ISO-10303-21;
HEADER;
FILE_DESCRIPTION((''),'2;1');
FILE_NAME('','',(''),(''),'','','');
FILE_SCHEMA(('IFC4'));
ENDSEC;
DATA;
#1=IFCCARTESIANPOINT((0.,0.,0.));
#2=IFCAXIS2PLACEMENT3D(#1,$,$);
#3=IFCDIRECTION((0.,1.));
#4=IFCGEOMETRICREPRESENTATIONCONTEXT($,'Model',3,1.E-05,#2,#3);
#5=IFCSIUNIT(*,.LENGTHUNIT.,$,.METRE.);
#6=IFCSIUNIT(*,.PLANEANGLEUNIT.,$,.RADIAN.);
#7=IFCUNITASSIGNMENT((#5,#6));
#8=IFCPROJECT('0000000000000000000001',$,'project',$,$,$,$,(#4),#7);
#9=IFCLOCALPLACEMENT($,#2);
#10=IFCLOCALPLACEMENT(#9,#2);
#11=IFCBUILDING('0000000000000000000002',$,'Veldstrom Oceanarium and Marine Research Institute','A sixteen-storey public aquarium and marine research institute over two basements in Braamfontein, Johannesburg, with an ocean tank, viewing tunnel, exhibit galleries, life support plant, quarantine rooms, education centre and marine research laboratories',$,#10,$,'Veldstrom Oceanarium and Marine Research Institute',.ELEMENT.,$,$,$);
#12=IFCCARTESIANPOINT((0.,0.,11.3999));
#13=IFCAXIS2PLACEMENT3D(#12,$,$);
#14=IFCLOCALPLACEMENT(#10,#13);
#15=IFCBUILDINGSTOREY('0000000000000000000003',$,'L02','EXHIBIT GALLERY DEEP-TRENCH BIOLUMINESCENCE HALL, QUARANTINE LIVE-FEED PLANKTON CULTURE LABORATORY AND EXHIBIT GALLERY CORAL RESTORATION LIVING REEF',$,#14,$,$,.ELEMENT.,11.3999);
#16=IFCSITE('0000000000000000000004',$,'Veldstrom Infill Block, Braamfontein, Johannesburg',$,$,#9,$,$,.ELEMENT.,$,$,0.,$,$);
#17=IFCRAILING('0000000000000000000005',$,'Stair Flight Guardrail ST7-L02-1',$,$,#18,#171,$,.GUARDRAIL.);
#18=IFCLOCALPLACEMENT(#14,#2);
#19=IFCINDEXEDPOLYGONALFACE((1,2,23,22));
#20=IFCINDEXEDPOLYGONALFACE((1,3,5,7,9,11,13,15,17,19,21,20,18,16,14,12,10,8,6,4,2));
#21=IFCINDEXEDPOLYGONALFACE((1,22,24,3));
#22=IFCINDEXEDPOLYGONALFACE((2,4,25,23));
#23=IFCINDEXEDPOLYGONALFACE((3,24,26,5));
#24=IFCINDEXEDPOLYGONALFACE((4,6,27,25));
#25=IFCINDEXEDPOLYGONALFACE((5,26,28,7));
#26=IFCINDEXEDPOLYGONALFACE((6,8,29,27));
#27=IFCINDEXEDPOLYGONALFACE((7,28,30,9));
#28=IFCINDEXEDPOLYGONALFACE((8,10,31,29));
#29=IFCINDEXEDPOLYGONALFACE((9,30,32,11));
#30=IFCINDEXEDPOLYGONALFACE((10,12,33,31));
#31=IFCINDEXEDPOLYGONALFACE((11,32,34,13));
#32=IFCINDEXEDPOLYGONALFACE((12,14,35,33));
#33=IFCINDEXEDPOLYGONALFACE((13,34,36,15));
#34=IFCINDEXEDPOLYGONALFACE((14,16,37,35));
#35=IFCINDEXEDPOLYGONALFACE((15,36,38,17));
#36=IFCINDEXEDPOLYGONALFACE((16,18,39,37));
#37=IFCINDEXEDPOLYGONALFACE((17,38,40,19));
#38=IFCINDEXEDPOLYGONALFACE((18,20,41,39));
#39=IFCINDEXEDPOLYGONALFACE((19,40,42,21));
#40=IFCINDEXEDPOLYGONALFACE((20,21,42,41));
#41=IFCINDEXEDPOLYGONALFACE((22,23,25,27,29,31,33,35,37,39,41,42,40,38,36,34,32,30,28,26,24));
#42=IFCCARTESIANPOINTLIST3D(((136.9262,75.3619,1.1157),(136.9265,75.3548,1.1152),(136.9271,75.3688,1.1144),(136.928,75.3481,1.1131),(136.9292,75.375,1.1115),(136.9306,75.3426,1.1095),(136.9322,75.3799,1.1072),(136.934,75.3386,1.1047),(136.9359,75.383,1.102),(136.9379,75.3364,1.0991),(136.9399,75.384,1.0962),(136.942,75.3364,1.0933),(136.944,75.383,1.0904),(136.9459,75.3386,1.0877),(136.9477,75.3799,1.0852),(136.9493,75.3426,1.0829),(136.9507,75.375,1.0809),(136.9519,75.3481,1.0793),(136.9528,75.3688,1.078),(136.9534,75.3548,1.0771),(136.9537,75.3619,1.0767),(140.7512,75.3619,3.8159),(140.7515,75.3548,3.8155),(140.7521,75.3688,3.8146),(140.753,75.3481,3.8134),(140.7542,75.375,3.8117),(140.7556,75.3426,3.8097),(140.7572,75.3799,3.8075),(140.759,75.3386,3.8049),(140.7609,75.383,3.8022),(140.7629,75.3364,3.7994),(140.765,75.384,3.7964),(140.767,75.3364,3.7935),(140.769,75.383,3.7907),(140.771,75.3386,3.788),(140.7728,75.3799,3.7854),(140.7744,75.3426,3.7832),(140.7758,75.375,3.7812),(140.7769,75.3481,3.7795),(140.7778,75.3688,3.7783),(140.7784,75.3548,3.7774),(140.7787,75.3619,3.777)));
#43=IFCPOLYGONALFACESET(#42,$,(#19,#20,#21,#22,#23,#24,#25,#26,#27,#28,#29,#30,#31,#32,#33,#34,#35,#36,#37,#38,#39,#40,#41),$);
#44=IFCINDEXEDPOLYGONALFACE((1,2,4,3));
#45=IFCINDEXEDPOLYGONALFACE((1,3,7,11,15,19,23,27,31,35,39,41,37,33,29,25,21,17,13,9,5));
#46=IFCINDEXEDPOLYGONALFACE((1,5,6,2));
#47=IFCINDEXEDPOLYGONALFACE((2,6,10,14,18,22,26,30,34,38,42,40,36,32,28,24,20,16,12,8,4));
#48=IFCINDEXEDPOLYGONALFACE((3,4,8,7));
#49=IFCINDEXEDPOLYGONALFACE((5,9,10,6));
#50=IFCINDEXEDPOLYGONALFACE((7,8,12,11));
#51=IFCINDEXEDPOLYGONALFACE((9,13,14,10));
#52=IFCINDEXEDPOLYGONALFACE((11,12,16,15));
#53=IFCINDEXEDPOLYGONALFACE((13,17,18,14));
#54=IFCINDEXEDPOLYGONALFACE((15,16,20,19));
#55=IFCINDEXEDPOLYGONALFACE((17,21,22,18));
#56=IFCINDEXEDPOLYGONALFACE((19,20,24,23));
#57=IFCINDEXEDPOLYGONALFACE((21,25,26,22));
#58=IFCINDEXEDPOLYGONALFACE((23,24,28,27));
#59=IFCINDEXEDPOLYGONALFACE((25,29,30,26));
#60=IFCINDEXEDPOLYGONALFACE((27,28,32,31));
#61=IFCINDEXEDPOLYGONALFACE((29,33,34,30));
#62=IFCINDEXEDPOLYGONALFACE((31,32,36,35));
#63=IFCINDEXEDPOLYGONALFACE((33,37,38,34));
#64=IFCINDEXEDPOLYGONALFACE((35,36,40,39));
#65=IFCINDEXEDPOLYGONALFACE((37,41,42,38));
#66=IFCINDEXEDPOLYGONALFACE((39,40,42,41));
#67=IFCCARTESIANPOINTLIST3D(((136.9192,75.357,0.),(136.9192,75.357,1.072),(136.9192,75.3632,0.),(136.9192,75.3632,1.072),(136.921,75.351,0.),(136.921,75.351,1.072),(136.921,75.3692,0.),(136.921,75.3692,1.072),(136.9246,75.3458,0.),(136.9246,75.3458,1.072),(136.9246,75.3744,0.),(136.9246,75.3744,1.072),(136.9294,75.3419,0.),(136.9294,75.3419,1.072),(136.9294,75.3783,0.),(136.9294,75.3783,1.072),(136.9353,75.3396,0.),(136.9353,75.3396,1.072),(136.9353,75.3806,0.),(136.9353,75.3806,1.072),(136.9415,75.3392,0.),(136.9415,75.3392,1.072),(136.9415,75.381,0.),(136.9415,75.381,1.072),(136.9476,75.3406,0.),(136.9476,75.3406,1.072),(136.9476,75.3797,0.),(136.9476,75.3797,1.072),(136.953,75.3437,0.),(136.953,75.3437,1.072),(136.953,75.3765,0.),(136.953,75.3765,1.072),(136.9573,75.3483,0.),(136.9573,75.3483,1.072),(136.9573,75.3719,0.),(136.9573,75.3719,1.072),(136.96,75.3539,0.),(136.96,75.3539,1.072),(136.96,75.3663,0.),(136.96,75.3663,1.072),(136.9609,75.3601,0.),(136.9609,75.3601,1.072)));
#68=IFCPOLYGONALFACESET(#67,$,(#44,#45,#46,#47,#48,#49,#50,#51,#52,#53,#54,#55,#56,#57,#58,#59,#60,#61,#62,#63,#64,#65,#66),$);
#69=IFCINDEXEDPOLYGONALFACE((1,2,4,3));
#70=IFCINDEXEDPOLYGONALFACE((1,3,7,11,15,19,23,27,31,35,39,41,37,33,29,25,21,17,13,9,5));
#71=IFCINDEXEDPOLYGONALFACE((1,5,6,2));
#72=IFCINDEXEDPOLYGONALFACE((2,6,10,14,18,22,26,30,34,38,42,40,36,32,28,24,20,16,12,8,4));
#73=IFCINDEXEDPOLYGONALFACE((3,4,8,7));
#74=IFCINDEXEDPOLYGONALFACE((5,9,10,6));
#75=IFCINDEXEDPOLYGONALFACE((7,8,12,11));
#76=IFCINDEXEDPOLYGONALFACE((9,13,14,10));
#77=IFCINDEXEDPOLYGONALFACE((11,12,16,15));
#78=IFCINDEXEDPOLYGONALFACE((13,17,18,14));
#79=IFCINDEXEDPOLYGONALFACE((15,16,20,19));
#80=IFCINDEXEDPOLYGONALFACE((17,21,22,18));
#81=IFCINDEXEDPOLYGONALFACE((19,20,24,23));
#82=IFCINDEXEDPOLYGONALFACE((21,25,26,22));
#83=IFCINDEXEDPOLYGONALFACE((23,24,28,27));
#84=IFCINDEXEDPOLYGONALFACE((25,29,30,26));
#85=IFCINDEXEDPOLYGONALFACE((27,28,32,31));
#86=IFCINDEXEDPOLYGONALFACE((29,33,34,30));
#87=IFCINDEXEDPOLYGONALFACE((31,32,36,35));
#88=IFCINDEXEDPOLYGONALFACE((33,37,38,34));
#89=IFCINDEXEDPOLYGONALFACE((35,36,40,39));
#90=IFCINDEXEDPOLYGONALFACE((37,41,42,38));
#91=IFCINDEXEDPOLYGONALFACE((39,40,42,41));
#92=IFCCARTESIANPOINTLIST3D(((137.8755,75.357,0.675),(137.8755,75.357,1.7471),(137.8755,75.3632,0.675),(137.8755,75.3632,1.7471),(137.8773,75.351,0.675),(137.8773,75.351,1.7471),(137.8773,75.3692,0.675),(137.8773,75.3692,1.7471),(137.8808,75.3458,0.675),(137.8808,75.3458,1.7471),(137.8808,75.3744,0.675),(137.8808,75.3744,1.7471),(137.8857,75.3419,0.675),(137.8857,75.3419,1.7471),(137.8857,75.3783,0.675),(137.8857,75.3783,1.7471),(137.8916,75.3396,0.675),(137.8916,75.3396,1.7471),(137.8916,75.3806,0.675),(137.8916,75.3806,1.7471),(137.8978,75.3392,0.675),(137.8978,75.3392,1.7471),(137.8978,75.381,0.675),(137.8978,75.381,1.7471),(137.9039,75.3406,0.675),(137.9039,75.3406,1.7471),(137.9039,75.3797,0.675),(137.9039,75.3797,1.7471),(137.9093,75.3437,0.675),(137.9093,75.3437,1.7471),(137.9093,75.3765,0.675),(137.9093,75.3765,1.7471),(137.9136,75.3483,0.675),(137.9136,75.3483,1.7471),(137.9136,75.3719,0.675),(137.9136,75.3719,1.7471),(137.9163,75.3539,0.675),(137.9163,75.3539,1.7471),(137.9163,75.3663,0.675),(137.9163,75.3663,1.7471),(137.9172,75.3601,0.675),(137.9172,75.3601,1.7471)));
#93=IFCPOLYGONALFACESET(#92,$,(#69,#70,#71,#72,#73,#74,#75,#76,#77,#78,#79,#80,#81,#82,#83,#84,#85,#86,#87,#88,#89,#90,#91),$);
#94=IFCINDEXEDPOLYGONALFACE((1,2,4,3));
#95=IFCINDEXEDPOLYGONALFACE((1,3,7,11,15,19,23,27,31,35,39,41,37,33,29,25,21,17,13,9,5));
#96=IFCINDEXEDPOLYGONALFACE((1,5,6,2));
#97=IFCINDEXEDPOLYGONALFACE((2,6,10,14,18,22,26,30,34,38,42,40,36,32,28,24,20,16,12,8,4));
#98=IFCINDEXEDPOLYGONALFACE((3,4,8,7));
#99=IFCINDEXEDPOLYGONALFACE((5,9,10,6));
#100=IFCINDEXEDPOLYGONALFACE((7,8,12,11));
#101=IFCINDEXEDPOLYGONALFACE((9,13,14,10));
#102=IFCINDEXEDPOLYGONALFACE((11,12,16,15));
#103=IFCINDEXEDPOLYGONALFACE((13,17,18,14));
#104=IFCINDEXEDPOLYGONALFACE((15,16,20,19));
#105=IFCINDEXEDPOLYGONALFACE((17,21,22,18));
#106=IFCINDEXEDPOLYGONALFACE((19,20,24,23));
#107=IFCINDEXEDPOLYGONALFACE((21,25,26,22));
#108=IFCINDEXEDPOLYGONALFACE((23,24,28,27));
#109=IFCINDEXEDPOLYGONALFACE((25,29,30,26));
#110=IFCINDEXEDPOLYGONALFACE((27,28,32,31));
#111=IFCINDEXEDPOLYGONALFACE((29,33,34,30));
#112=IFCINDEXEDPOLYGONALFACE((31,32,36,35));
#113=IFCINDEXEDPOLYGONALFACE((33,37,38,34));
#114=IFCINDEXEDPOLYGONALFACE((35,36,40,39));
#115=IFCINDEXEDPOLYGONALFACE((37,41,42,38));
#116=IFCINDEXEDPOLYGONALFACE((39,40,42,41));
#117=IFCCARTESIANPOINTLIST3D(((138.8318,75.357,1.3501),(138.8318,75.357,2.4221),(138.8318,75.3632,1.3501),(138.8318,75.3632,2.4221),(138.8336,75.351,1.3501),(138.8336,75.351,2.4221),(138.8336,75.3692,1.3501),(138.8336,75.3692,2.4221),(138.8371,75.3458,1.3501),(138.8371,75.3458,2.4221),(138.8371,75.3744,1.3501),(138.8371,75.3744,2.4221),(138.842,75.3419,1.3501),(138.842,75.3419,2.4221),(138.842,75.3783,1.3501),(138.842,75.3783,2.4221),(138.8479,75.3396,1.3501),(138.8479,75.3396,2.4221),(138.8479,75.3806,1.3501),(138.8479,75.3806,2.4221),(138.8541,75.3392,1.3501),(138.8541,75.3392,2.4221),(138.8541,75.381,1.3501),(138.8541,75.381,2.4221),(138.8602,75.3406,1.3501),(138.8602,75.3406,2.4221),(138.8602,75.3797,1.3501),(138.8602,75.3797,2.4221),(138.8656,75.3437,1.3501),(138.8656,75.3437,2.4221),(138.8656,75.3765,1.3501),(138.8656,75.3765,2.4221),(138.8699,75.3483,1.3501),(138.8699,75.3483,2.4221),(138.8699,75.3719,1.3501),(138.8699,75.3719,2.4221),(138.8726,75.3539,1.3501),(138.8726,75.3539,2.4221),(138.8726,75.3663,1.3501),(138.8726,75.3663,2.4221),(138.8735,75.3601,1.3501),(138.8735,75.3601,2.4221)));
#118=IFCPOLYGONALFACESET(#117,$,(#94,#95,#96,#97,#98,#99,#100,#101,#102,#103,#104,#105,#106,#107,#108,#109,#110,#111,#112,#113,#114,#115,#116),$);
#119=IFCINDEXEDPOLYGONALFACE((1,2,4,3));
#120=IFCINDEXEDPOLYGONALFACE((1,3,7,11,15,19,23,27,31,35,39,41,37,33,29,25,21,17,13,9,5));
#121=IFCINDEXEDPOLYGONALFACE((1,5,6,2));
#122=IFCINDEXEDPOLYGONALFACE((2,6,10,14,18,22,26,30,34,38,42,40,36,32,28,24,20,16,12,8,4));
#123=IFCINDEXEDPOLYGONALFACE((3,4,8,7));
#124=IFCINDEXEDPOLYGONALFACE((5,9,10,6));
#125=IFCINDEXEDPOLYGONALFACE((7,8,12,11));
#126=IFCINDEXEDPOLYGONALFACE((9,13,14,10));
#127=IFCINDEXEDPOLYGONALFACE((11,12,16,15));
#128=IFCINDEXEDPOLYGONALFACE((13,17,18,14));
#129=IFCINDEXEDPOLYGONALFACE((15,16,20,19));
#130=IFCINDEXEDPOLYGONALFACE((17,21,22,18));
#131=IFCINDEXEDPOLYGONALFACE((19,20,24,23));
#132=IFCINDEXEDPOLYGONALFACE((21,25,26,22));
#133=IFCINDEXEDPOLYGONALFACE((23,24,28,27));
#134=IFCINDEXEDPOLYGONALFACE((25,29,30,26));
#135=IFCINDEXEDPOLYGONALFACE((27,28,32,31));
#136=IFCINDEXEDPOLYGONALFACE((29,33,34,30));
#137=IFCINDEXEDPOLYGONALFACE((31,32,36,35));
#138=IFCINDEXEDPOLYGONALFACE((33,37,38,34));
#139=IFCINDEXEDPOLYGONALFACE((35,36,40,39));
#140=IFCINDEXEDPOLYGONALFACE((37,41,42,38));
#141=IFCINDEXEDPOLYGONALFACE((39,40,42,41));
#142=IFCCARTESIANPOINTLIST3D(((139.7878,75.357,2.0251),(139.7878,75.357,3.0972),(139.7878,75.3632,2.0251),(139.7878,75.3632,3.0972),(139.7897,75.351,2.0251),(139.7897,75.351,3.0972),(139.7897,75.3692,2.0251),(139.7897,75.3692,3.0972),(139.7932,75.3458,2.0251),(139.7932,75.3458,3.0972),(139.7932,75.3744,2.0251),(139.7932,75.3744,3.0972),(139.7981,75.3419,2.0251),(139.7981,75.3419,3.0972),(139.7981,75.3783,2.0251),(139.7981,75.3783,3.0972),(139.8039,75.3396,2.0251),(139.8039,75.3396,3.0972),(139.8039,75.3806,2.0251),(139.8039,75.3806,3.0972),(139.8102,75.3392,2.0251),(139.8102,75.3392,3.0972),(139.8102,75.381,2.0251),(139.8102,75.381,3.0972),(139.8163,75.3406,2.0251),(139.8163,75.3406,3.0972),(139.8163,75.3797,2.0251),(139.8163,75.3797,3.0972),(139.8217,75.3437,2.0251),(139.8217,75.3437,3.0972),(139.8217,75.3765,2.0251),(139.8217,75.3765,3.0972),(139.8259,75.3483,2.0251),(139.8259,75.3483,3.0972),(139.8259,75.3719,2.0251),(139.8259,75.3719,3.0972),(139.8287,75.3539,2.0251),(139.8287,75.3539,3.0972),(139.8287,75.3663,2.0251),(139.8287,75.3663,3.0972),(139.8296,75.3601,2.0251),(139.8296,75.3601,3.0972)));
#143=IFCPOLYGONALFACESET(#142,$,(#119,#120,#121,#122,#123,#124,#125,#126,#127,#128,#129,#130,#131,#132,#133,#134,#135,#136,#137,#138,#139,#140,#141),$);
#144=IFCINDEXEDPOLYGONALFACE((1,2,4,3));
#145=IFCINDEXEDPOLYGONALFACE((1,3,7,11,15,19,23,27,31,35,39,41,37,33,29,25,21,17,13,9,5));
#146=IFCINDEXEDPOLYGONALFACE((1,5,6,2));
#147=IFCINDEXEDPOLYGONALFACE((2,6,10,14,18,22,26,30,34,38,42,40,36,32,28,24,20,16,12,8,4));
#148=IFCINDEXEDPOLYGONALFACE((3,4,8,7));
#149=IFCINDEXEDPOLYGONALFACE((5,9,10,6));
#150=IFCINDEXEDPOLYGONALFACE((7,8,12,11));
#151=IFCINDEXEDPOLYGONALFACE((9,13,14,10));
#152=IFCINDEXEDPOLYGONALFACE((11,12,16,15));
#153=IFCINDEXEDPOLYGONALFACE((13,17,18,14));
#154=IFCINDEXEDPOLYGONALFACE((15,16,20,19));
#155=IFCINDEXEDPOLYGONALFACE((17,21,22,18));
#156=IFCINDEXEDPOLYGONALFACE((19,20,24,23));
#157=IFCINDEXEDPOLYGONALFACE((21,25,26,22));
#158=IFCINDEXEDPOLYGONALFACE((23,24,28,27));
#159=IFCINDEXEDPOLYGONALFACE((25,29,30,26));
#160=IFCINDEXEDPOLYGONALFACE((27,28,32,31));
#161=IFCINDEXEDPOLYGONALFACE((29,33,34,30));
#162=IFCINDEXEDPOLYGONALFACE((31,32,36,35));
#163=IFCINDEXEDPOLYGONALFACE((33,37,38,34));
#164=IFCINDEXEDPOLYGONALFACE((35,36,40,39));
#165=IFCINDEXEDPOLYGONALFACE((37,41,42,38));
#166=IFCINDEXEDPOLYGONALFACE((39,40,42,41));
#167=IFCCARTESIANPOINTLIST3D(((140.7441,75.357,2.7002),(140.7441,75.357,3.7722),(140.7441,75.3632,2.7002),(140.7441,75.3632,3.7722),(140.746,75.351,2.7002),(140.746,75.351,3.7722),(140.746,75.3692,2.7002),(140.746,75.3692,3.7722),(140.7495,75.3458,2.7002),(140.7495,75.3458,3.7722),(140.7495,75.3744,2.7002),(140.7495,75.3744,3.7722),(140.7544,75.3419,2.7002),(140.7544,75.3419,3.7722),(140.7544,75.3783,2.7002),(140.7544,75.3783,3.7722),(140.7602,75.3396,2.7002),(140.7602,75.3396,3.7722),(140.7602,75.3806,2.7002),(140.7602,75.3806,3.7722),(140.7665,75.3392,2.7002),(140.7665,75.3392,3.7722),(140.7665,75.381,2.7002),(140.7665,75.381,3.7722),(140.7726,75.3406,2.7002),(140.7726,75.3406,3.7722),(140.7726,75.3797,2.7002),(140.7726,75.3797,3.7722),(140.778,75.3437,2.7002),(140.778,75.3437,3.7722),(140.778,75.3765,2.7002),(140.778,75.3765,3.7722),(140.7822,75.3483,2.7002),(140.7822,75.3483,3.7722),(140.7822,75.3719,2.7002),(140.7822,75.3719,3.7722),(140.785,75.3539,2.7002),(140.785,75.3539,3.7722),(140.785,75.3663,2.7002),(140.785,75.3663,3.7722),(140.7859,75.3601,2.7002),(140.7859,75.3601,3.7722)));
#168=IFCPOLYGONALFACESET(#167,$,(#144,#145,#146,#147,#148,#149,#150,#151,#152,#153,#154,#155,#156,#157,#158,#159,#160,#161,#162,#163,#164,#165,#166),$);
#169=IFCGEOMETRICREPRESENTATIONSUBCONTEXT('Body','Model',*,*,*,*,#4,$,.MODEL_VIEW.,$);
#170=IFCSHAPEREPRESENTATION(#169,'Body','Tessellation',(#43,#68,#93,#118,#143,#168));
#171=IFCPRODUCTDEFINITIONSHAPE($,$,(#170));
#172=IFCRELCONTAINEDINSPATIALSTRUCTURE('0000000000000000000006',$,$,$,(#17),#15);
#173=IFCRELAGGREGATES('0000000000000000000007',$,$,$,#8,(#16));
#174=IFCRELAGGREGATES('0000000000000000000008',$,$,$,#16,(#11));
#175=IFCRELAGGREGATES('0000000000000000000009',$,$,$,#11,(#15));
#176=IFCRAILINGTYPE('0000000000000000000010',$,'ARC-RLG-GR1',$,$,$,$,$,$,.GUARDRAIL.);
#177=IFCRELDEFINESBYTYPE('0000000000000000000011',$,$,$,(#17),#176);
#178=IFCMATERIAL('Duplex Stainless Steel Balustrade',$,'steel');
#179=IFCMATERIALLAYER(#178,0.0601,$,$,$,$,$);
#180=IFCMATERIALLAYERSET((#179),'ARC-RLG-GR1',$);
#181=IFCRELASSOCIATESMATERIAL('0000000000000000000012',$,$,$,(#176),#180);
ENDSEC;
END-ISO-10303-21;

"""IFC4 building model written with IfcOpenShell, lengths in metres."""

from ifc_helpers import new_model, si_unit, direction, frame, origin, origin_2d, place, context, subcontext, project, spatial, circle, extrude, material, layer, layer_set, type_object, element, save


model = new_model("IFC4")

# Units and contexts
model_context = context("Model", 3, precision=1e-05, world=origin(), true_north=direction((0.0, 1.0)))
body_context = subcontext(model_context, "Body", "Model", "MODEL_VIEW")
ifc_project = project(units=[si_unit("LENGTHUNIT", "METRE"), si_unit("PLANEANGLEUNIT", "RADIAN")], contexts=[model_context])

# Site, building, storey
site_placement = place(None, origin())
site = spatial("IfcSite", under=ifc_project, at=site_placement, Name="Veldstrom Infill Block, Braamfontein, Johannesburg", CompositionType="ELEMENT", RefElevation=0.0)
building_placement = place(site_placement, origin())
building = spatial("IfcBuilding", under=site, at=building_placement, Name="Veldstrom Oceanarium and Marine Research Institute", Description="A sixteen-storey public aquarium and marine research institute over two basements in Braamfontein, Johannesburg, with an ocean tank, viewing tunnel, exhibit galleries, life support plant, quarantine rooms, education centre and marine research laboratories", LongName="Veldstrom Oceanarium and Marine Research Institute", CompositionType="ELEMENT")
storey_placement = place(building_placement, frame((0.0, 0.0, 11.3999)))
storey = spatial("IfcBuildingStorey", under=building, at=storey_placement, Name="L02", Description="EXHIBIT GALLERY DEEP-TRENCH BIOLUMINESCENCE HALL, QUARANTINE LIVE-FEED PLANKTON CULTURE LABORATORY AND EXHIBIT GALLERY CORAL RESTORATION LIVING REEF", CompositionType="ELEMENT", Elevation=11.3999)

# Railing
ifc_material_1 = material(Name="Duplex Stainless Steel Balustrade", Category="steel")
ifc_layer_1 = layer(ifc_material_1, 0.0601)
ifc_layer_set_1 = layer_set([ifc_layer_1], Name="ARC-RLG-GR1")
railing_type_1 = type_object("IfcRailingType", Name="ARC-RLG-GR1", PredefinedType="GUARDRAIL", material=ifc_layer_set_1)
railing_1_placement = place(storey_placement, frame((136.9399, 75.3601, 0.0)))
element("IfcRailing", 1, at=railing_1_placement, inside=storey, type_object=railing_type_1, Name="Stair Flight Guardrail ST7-L02-1", PredefinedType="GUARDRAIL", context=body_context, shape_type="SweptSolid", body=[
    extrude(circle(Radius=0.0239, at=origin_2d()), frame((0.0, 0.0, 1.0962), z_axis=(0.816945, 0.0, 0.576716), x_axis=(0.0, 1.0, 0.0)), (0.0, 0.0, 1.0), 4.6821),
    extrude(circle(Radius=0.021, at=origin_2d()), origin(), (0.0, 0.0, 1.0), 1.072),
    extrude(circle(Radius=0.021, at=origin_2d()), frame((0.9563, 0.0, 0.675)), (0.0, 0.0, 1.0), 1.072),
    extrude(circle(Radius=0.021, at=origin_2d()), frame((1.9126, 0.0, 1.3501)), (0.0, 0.0, 1.0), 1.072),
    extrude(circle(Radius=0.021, at=origin_2d()), frame((2.8687, 0.0, 2.0251)), (0.0, 0.0, 1.0), 1.072),
    extrude(circle(Radius=0.021, at=origin_2d()), frame((3.825, 0.0, 2.7002)), (0.0, 0.0, 1.0), 1.072),
])

save(model, "model.ifc")
